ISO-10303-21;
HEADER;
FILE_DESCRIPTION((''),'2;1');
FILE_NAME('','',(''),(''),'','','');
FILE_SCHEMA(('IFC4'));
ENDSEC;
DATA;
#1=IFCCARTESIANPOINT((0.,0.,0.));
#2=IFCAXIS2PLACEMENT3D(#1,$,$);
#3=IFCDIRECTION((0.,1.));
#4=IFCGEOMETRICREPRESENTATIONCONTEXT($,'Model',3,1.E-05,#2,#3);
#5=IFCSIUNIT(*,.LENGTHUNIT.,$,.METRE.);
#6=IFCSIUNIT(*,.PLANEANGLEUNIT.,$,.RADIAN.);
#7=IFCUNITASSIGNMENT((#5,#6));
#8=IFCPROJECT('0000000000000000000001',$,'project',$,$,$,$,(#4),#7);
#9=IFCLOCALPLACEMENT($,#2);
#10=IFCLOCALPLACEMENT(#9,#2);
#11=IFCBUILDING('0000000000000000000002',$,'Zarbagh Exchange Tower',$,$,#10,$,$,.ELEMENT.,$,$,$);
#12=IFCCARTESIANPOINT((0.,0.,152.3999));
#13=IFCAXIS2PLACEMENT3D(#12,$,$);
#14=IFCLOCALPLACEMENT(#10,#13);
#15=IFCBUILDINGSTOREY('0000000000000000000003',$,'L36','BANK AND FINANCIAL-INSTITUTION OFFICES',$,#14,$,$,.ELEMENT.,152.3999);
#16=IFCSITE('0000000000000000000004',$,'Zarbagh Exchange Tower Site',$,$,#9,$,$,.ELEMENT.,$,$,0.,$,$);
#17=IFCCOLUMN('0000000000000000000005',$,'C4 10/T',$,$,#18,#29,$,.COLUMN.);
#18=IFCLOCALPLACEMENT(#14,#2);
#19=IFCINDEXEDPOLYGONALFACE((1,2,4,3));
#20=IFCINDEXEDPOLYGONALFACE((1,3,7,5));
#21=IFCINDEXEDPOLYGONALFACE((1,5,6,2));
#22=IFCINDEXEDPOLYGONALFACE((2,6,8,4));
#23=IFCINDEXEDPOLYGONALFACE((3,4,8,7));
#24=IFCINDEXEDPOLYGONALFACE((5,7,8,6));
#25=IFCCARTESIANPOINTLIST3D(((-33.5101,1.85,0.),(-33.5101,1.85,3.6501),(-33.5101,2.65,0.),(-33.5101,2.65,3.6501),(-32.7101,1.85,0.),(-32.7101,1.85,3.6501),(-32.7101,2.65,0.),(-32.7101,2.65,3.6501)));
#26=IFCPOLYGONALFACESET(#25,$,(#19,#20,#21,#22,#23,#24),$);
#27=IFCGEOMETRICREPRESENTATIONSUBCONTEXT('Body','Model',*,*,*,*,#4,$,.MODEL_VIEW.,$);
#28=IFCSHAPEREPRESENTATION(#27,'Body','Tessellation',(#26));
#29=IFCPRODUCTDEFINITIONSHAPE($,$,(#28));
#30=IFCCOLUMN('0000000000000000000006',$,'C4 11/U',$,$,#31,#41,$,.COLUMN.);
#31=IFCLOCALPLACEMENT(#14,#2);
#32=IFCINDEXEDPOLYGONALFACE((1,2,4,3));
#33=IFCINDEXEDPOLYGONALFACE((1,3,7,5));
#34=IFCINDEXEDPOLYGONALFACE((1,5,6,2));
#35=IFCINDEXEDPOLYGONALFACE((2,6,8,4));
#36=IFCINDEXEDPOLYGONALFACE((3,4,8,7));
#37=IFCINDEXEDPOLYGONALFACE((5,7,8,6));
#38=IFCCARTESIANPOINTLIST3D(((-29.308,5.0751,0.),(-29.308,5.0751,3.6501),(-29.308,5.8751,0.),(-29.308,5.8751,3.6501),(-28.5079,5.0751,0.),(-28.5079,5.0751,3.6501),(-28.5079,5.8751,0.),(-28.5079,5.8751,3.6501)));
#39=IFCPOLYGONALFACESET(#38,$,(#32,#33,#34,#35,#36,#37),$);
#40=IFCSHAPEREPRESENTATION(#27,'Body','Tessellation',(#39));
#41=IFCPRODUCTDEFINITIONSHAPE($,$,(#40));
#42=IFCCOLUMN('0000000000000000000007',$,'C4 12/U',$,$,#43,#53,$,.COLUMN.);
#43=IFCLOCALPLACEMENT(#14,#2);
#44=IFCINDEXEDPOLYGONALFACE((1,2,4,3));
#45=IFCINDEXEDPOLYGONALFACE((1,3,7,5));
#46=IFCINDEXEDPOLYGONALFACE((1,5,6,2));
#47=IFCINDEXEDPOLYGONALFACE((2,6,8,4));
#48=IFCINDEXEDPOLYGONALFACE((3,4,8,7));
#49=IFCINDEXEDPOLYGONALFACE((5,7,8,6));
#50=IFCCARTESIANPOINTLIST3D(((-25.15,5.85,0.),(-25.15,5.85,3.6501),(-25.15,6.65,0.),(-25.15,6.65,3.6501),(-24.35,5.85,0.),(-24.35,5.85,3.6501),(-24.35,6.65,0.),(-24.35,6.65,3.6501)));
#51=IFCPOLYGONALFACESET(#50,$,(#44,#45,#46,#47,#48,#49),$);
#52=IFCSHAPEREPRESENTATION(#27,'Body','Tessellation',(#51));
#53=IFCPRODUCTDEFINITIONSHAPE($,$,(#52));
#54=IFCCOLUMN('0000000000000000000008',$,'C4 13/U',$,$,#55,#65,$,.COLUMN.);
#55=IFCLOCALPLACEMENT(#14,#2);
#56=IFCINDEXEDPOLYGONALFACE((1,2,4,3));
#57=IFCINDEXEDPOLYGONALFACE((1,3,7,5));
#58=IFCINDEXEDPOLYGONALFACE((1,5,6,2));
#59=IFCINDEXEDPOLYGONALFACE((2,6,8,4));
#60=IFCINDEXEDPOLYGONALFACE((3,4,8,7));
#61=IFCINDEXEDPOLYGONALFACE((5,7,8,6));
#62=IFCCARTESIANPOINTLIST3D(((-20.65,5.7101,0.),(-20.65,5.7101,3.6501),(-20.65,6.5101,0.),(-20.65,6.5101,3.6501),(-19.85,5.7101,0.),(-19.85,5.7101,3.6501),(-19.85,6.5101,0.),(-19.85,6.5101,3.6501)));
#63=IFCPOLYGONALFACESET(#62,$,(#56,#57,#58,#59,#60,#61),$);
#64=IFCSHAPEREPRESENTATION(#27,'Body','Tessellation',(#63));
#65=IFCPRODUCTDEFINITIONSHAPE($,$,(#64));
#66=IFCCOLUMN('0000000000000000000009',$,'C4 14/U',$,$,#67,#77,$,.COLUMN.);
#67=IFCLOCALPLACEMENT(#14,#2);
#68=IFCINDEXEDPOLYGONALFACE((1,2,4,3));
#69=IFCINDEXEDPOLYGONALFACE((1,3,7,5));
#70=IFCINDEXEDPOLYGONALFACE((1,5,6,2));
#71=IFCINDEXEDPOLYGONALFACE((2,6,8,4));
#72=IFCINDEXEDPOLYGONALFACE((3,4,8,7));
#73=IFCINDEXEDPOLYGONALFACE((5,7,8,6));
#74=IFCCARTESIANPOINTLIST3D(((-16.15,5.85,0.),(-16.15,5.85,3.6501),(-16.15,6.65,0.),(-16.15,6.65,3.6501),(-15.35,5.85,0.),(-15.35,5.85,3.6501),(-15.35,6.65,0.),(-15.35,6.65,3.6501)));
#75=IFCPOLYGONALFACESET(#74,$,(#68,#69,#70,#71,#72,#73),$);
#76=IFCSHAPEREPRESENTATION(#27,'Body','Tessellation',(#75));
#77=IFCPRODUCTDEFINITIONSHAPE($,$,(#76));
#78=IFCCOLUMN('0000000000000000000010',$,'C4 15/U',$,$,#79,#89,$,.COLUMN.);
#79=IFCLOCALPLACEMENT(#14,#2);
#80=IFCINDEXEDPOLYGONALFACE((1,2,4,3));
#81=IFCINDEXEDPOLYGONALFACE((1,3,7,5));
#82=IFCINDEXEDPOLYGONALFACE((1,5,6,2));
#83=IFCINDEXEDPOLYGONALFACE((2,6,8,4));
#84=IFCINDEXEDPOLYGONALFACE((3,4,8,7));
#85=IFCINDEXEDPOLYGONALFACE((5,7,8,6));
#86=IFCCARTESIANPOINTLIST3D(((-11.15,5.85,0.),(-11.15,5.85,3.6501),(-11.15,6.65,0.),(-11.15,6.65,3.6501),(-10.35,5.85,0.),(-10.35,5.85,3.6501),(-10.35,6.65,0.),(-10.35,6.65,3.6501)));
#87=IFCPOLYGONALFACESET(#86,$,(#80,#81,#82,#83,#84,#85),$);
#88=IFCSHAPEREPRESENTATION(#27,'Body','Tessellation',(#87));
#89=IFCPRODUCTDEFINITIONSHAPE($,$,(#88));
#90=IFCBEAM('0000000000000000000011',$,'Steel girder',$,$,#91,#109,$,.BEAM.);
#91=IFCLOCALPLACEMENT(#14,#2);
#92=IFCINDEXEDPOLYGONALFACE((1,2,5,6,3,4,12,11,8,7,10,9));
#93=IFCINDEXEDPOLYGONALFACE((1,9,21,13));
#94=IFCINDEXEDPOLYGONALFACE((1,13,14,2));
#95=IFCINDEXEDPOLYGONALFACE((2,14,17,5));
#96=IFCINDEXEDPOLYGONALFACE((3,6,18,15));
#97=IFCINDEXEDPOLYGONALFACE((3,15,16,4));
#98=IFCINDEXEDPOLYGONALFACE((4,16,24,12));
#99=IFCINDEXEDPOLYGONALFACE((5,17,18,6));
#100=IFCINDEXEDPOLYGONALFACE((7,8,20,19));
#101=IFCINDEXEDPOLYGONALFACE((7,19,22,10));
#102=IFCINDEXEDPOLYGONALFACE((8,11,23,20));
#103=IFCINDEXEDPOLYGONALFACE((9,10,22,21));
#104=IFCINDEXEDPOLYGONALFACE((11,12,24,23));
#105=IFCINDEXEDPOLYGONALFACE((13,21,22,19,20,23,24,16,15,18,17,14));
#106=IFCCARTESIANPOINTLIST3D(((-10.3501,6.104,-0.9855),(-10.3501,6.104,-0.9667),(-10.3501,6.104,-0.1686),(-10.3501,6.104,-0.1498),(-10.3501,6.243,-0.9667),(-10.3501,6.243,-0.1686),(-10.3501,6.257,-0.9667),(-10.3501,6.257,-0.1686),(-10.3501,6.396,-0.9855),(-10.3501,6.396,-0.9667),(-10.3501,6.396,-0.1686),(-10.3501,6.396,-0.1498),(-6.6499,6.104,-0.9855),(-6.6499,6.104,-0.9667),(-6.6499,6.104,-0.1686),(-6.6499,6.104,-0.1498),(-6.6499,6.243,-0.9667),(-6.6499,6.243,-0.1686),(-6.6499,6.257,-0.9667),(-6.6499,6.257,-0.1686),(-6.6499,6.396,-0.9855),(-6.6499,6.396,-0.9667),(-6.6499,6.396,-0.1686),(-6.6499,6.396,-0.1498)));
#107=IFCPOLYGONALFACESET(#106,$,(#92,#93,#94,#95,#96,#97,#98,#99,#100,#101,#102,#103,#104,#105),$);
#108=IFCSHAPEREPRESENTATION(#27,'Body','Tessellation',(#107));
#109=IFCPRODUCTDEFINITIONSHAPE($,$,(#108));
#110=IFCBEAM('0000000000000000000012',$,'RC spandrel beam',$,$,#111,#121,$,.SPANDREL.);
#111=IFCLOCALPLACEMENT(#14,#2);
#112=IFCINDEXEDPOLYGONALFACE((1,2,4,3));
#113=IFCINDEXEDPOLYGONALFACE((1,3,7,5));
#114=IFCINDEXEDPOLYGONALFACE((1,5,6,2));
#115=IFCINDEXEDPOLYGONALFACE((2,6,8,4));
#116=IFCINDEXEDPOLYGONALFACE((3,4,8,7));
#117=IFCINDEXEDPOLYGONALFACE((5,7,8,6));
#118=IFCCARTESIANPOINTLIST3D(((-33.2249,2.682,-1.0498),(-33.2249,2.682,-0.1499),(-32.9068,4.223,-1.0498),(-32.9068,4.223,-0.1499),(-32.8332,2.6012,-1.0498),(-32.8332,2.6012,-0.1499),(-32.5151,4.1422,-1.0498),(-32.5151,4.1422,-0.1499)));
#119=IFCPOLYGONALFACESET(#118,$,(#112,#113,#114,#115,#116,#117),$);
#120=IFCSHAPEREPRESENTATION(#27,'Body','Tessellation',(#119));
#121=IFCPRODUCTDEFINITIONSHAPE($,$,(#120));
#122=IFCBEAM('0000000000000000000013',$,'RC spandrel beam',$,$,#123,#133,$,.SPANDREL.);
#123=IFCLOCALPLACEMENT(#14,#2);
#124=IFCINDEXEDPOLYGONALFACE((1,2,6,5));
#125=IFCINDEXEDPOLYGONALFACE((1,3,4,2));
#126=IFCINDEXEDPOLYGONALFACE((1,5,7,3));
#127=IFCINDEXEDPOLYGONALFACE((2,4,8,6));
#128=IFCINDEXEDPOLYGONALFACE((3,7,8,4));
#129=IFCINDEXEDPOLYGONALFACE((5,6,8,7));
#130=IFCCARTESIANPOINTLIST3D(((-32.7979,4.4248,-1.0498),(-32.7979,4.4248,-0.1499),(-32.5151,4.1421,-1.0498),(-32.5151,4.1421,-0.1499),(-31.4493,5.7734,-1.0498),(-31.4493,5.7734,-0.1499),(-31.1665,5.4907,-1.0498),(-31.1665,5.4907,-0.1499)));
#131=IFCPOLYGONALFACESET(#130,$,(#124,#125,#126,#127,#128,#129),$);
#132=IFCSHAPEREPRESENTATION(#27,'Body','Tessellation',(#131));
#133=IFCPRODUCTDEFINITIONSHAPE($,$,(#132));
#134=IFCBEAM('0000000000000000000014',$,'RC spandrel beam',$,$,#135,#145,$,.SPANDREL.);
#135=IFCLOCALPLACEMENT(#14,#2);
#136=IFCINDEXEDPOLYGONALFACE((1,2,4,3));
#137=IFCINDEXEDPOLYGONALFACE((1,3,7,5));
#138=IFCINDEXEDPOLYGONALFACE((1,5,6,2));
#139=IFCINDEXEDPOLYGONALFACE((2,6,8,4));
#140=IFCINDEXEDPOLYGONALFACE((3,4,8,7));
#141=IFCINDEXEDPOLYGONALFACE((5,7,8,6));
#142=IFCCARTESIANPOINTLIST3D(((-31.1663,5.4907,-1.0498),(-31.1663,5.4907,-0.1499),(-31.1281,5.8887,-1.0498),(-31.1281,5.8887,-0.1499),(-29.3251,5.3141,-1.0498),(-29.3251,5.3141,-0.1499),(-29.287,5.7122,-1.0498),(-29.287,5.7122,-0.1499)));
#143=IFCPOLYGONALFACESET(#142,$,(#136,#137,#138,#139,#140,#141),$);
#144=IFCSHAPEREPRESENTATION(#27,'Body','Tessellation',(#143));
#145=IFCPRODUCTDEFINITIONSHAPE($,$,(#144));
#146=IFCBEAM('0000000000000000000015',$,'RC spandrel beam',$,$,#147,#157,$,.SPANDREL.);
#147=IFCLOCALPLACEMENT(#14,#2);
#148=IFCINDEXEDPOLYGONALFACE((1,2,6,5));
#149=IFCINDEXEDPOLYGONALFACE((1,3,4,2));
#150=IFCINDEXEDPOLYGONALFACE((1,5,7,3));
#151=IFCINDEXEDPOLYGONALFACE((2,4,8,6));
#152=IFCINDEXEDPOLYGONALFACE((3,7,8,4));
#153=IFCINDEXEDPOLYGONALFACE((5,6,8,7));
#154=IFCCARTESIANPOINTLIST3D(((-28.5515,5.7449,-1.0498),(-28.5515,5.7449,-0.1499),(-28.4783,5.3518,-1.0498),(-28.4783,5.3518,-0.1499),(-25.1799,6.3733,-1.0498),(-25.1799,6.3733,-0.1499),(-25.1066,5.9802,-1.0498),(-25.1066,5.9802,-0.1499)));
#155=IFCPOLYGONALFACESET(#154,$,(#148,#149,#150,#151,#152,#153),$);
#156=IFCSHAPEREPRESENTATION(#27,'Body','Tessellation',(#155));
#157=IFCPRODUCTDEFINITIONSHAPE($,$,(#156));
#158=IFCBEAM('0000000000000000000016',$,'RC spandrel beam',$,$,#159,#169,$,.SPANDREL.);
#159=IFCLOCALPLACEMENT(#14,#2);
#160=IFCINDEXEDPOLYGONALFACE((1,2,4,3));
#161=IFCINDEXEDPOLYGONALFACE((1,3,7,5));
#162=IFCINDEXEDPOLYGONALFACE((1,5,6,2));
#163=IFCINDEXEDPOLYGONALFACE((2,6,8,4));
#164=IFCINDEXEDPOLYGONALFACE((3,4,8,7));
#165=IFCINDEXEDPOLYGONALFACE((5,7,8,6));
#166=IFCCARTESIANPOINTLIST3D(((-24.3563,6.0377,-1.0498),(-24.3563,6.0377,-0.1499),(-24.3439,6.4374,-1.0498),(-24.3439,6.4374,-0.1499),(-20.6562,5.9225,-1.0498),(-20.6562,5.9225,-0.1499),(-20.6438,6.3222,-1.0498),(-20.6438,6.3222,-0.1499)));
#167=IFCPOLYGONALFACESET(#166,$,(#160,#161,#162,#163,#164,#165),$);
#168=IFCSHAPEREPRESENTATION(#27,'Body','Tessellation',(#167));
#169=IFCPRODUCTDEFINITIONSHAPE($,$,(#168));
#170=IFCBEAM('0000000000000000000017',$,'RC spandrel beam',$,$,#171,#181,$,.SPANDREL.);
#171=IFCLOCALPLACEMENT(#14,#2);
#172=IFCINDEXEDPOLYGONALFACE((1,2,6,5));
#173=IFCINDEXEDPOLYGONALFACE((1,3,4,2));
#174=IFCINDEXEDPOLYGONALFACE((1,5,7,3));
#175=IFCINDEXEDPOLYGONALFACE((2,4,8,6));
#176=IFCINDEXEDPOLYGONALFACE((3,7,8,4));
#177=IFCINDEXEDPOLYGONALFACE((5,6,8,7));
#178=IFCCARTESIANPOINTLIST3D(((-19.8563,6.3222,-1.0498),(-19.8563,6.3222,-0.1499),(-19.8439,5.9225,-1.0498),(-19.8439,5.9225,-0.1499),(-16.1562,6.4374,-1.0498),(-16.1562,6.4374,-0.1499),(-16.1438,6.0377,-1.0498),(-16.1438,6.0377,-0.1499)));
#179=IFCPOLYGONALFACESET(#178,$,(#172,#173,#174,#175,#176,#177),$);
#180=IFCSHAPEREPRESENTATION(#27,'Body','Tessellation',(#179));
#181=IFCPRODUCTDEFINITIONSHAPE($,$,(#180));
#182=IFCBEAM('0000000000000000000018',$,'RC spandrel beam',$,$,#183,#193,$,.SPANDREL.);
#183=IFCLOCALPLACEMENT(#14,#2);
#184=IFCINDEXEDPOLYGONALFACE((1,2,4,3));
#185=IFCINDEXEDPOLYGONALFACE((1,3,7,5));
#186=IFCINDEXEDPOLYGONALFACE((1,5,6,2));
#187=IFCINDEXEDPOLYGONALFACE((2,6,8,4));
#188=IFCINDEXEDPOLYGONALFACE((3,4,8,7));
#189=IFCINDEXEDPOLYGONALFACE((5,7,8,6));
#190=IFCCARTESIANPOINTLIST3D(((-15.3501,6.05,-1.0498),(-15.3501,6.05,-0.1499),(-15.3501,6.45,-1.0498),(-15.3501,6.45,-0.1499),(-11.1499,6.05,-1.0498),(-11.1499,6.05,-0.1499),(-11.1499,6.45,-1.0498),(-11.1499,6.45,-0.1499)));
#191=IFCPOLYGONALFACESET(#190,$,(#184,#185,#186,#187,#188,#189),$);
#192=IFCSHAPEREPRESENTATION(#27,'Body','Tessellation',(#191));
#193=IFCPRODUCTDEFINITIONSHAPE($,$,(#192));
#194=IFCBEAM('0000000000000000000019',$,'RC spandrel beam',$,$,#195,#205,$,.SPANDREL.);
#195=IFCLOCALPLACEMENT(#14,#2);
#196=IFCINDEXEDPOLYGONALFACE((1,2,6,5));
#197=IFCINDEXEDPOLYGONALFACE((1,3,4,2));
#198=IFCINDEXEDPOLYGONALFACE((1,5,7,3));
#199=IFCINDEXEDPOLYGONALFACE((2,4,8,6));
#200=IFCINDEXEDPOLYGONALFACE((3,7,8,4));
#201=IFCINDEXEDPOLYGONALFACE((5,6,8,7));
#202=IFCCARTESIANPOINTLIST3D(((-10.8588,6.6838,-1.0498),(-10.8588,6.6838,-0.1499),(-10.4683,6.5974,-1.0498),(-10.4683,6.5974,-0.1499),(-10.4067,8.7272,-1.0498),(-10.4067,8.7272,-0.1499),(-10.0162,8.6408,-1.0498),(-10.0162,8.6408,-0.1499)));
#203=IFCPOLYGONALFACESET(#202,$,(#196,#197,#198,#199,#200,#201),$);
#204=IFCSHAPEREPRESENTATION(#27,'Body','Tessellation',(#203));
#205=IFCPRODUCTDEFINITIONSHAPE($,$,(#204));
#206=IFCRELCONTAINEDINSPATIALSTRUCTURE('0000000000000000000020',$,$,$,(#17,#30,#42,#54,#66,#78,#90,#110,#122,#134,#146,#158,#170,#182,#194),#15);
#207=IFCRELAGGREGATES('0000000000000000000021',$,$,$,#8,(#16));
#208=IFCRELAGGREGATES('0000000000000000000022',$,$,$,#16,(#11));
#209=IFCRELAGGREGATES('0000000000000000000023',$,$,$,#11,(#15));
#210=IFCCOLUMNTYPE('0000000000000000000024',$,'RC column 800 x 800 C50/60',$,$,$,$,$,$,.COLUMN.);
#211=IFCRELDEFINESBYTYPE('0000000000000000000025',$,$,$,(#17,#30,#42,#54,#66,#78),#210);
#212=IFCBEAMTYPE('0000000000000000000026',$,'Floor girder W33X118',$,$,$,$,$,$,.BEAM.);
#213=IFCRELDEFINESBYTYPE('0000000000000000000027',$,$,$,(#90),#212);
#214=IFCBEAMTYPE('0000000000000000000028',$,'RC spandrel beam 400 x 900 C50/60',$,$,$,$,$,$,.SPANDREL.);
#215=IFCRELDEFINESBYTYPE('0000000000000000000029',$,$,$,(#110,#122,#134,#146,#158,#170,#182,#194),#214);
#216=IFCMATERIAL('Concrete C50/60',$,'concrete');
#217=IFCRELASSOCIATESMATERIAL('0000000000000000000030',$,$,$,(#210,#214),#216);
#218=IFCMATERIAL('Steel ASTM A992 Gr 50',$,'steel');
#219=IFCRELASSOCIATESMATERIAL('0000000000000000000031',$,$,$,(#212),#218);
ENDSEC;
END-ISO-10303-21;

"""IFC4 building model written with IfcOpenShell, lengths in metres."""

from ifc_helpers import new_model, si_unit, direction, frame, origin, origin_2d, place, context, subcontext, project, spatial, rectangle, i_section, extrude, material, material_profile, profile_set, type_object, element, save


model = new_model("IFC4")

# Units and contexts
model_context = context("Model", 3, precision=1e-05, world=origin(), true_north=direction((0.0, 1.0)))
body_context = subcontext(model_context, "Body", "Model", "MODEL_VIEW")
ifc_project = project(units=[si_unit("LENGTHUNIT", "METRE"), si_unit("PLANEANGLEUNIT", "RADIAN")], contexts=[model_context])

# Site, building, storey
site_placement = place(None, origin())
site = spatial("IfcSite", under=ifc_project, at=site_placement, Name="Zarbagh Exchange Tower Site", CompositionType="ELEMENT", RefElevation=0.0)
building_placement = place(site_placement, origin())
building = spatial("IfcBuilding", under=site, at=building_placement, Name="Zarbagh Exchange Tower", CompositionType="ELEMENT")
storey_placement = place(building_placement, frame((0.0, 0.0, 152.3999)))
storey = spatial("IfcBuildingStorey", under=building, at=storey_placement, Name="L36", Description="BANK AND FINANCIAL-INSTITUTION OFFICES", CompositionType="ELEMENT", Elevation=152.3999)

# Columns
ifc_material_1 = material(Name="Concrete C50/60", Category="concrete")
ifc_material_profile_1 = material_profile(ifc_material_1, rectangle(XDim=0.8, YDim=0.8, at=origin_2d()), Name="RC column 800 x 800 C50/60")
ifc_profile_set_1 = profile_set([ifc_material_profile_1], Name="Concrete C50/60")
column_type = type_object("IfcColumnType", Name="RC column 800 x 800 C50/60", PredefinedType="COLUMN", material=ifc_profile_set_1)
for number, where, z_axis, x_axis, name in (
    (1, (-33.1101, 2.25, 0.0), (0.0, 0.0, 1.0), (1.0, 0.0, 0.0), "C4 10/T"),
    (2, (-28.908, 5.4751, 0.0), (0.0, 0.0, 1.0), (1.0, 0.0, 0.0), "C4 11/U"),
    (3, (-24.75, 6.25, 0.0), (0.0, 0.0, 1.0), (1.0, 0.0, 0.0), "C4 12/U"),
    (4, (-20.25, 6.1101, 0.0), (0.0, 0.0, 1.0), (1.0, 0.0, 0.0), "C4 13/U"),
    (5, (-15.75, 6.25, 0.0), (0.0, 0.0, 1.0), (1.0, 0.0, 0.0), "C4 14/U"),
    (6, (-10.75, 6.25, 0.0), (0.0, 0.0, 1.0), (1.0, 0.0, 0.0), "C4 15/U"),
):
    element("IfcColumn", number, at=place(storey_placement, frame(where, z_axis=z_axis, x_axis=x_axis)), inside=storey, type_object=column_type, Name=name, PredefinedType="COLUMN", context=body_context, shape_type="SweptSolid", body=[
        extrude(rectangle(XDim=0.8, YDim=0.8, at=origin_2d()), origin(), (0.0, 0.0, 1.0), 3.6501),
    ])

# Beams
ifc_material_2 = material(Name="Steel ASTM A992 Gr 50", Category="steel")
ifc_material_profile_2 = material_profile(ifc_material_2, i_section(OverallWidth=0.292, OverallDepth=0.8357, WebThickness=0.0139, FlangeThickness=0.0188, at=origin_2d()), Name="W33X118")
ifc_profile_set_2 = profile_set([ifc_material_profile_2], Name="Steel ASTM A992 Gr 50")
beam_type_1 = type_object("IfcBeamType", Name="Floor girder W33X118", PredefinedType="BEAM", material=ifc_profile_set_2)
beam_1_placement = place(storey_placement, frame((-10.3501, 6.25, -0.5676), z_axis=(1.0, 0.0, 0.0), x_axis=(0.0, 1.0, 0.0)))
element("IfcBeam", 7, at=beam_1_placement, inside=storey, type_object=beam_type_1, Name="Steel girder", PredefinedType="BEAM", context=body_context, shape_type="SweptSolid", body=[
    extrude(i_section(OverallWidth=0.292, OverallDepth=0.8357, WebThickness=0.0139, FlangeThickness=0.0188, at=origin_2d()), origin(), (0.0, 0.0, 1.0), 3.7002),
])
ifc_material_profile_3 = material_profile(ifc_material_1, rectangle(XDim=0.3999, YDim=0.8999, at=origin_2d()), Name="RC spandrel beam 400 x 900 C50/60")
ifc_profile_set_3 = profile_set([ifc_material_profile_3], Name="Concrete C50/60")
beam_type_2 = type_object("IfcBeamType", Name="RC spandrel beam 400 x 900 C50/60", PredefinedType="SPANDREL", material=ifc_profile_set_3)
beam_2_placement = place(storey_placement, frame((-33.0291, 2.6416, -0.5999), z_axis=(0.202169, 0.979351, 0.0), x_axis=(-0.979351, 0.202169, 0.0)))
element("IfcBeam", 8, at=beam_2_placement, inside=storey, type_object=beam_type_2, Name="RC spandrel beam", PredefinedType="SPANDREL", context=body_context, shape_type="SweptSolid", body=[
    extrude(rectangle(XDim=0.3999, YDim=0.8999, at=origin_2d()), origin(), (0.0, 0.0, 1.0), 1.5735),
])
beam_3_placement = place(storey_placement, frame((-32.6565, 4.2834, -0.5999), z_axis=(0.707107, 0.707107, 0.0), x_axis=(-0.707107, 0.707107, 0.0)))
element("IfcBeam", 9, at=beam_3_placement, inside=storey, type_object=beam_type_2, Name="RC spandrel beam", PredefinedType="SPANDREL", context=body_context, shape_type="SweptSolid", body=[
    extrude(rectangle(XDim=0.3999, YDim=0.8999, at=origin_2d()), origin(), (0.0, 0.0, 1.0), 1.9072),
])
beam_4_placement = place(storey_placement, frame((-31.1472, 5.6897, -0.5999), z_axis=(0.995435, -0.095438, 0.0), x_axis=(0.095438, 0.995435, 0.0)))
element("IfcBeam", 10, at=beam_4_placement, inside=storey, type_object=beam_type_2, Name="RC spandrel beam", PredefinedType="SPANDREL", context=body_context, shape_type="SweptSolid", body=[
    extrude(rectangle(XDim=0.3999, YDim=0.8999, at=origin_2d()), origin(), (0.0, 0.0, 1.0), 1.8496),
])
beam_5_placement = place(storey_placement, frame((-28.5149, 5.5483, -0.5999), z_axis=(0.98307, 0.183231, 0.0), x_axis=(-0.183231, 0.98307, 0.0)))
element("IfcBeam", 11, at=beam_5_placement, inside=storey, type_object=beam_type_2, Name="RC spandrel beam", PredefinedType="SPANDREL", context=body_context, shape_type="SweptSolid", body=[
    extrude(rectangle(XDim=0.3999, YDim=0.8999, at=origin_2d()), origin(), (0.0, 0.0, 1.0), 3.4297),
])
for number, where, z_axis, x_axis, name in (
    (12, (-24.3501, 6.2375, -0.5999), (0.999515, -0.031128, 0.0), (0.031128, 0.999515, 0.0), "RC spandrel beam"),
    (13, (-19.8501, 6.1223, -0.5999), (0.999515, 0.031128, 0.0), (-0.031128, 0.999515, 0.0), "RC spandrel beam"),
):
    element("IfcBeam", number, at=place(storey_placement, frame(where, z_axis=z_axis, x_axis=x_axis)), inside=storey, type_object=beam_type_2, Name=name, PredefinedType="SPANDREL", context=body_context, shape_type="SweptSolid", body=[
        extrude(rectangle(XDim=0.3999, YDim=0.8999, at=origin_2d()), origin(), (0.0, 0.0, 1.0), 3.7019),
    ])
beam_6_placement = place(storey_placement, frame((-15.3501, 6.25, -0.5999), z_axis=(1.0, 0.0, 0.0), x_axis=(0.0, 1.0, 0.0)))
element("IfcBeam", 14, at=beam_6_placement, inside=storey, type_object=beam_type_2, Name="RC spandrel beam", PredefinedType="SPANDREL", context=body_context, shape_type="SweptSolid", body=[
    extrude(rectangle(XDim=0.3999, YDim=0.8999, at=origin_2d()), origin(), (0.0, 0.0, 1.0), 4.2002),
])
beam_7_placement = place(storey_placement, frame((-10.6636, 6.6406, -0.5999), z_axis=(0.216041, 0.976384, 0.0), x_axis=(-0.976384, 0.216041, 0.0)))
element("IfcBeam", 15, at=beam_7_placement, inside=storey, type_object=beam_type_2, Name="RC spandrel beam", PredefinedType="SPANDREL", context=body_context, shape_type="SweptSolid", body=[
    extrude(rectangle(XDim=0.3999, YDim=0.8999, at=origin_2d()), origin(), (0.0, 0.0, 1.0), 2.0928),
])

save(model, "model.ifc")
